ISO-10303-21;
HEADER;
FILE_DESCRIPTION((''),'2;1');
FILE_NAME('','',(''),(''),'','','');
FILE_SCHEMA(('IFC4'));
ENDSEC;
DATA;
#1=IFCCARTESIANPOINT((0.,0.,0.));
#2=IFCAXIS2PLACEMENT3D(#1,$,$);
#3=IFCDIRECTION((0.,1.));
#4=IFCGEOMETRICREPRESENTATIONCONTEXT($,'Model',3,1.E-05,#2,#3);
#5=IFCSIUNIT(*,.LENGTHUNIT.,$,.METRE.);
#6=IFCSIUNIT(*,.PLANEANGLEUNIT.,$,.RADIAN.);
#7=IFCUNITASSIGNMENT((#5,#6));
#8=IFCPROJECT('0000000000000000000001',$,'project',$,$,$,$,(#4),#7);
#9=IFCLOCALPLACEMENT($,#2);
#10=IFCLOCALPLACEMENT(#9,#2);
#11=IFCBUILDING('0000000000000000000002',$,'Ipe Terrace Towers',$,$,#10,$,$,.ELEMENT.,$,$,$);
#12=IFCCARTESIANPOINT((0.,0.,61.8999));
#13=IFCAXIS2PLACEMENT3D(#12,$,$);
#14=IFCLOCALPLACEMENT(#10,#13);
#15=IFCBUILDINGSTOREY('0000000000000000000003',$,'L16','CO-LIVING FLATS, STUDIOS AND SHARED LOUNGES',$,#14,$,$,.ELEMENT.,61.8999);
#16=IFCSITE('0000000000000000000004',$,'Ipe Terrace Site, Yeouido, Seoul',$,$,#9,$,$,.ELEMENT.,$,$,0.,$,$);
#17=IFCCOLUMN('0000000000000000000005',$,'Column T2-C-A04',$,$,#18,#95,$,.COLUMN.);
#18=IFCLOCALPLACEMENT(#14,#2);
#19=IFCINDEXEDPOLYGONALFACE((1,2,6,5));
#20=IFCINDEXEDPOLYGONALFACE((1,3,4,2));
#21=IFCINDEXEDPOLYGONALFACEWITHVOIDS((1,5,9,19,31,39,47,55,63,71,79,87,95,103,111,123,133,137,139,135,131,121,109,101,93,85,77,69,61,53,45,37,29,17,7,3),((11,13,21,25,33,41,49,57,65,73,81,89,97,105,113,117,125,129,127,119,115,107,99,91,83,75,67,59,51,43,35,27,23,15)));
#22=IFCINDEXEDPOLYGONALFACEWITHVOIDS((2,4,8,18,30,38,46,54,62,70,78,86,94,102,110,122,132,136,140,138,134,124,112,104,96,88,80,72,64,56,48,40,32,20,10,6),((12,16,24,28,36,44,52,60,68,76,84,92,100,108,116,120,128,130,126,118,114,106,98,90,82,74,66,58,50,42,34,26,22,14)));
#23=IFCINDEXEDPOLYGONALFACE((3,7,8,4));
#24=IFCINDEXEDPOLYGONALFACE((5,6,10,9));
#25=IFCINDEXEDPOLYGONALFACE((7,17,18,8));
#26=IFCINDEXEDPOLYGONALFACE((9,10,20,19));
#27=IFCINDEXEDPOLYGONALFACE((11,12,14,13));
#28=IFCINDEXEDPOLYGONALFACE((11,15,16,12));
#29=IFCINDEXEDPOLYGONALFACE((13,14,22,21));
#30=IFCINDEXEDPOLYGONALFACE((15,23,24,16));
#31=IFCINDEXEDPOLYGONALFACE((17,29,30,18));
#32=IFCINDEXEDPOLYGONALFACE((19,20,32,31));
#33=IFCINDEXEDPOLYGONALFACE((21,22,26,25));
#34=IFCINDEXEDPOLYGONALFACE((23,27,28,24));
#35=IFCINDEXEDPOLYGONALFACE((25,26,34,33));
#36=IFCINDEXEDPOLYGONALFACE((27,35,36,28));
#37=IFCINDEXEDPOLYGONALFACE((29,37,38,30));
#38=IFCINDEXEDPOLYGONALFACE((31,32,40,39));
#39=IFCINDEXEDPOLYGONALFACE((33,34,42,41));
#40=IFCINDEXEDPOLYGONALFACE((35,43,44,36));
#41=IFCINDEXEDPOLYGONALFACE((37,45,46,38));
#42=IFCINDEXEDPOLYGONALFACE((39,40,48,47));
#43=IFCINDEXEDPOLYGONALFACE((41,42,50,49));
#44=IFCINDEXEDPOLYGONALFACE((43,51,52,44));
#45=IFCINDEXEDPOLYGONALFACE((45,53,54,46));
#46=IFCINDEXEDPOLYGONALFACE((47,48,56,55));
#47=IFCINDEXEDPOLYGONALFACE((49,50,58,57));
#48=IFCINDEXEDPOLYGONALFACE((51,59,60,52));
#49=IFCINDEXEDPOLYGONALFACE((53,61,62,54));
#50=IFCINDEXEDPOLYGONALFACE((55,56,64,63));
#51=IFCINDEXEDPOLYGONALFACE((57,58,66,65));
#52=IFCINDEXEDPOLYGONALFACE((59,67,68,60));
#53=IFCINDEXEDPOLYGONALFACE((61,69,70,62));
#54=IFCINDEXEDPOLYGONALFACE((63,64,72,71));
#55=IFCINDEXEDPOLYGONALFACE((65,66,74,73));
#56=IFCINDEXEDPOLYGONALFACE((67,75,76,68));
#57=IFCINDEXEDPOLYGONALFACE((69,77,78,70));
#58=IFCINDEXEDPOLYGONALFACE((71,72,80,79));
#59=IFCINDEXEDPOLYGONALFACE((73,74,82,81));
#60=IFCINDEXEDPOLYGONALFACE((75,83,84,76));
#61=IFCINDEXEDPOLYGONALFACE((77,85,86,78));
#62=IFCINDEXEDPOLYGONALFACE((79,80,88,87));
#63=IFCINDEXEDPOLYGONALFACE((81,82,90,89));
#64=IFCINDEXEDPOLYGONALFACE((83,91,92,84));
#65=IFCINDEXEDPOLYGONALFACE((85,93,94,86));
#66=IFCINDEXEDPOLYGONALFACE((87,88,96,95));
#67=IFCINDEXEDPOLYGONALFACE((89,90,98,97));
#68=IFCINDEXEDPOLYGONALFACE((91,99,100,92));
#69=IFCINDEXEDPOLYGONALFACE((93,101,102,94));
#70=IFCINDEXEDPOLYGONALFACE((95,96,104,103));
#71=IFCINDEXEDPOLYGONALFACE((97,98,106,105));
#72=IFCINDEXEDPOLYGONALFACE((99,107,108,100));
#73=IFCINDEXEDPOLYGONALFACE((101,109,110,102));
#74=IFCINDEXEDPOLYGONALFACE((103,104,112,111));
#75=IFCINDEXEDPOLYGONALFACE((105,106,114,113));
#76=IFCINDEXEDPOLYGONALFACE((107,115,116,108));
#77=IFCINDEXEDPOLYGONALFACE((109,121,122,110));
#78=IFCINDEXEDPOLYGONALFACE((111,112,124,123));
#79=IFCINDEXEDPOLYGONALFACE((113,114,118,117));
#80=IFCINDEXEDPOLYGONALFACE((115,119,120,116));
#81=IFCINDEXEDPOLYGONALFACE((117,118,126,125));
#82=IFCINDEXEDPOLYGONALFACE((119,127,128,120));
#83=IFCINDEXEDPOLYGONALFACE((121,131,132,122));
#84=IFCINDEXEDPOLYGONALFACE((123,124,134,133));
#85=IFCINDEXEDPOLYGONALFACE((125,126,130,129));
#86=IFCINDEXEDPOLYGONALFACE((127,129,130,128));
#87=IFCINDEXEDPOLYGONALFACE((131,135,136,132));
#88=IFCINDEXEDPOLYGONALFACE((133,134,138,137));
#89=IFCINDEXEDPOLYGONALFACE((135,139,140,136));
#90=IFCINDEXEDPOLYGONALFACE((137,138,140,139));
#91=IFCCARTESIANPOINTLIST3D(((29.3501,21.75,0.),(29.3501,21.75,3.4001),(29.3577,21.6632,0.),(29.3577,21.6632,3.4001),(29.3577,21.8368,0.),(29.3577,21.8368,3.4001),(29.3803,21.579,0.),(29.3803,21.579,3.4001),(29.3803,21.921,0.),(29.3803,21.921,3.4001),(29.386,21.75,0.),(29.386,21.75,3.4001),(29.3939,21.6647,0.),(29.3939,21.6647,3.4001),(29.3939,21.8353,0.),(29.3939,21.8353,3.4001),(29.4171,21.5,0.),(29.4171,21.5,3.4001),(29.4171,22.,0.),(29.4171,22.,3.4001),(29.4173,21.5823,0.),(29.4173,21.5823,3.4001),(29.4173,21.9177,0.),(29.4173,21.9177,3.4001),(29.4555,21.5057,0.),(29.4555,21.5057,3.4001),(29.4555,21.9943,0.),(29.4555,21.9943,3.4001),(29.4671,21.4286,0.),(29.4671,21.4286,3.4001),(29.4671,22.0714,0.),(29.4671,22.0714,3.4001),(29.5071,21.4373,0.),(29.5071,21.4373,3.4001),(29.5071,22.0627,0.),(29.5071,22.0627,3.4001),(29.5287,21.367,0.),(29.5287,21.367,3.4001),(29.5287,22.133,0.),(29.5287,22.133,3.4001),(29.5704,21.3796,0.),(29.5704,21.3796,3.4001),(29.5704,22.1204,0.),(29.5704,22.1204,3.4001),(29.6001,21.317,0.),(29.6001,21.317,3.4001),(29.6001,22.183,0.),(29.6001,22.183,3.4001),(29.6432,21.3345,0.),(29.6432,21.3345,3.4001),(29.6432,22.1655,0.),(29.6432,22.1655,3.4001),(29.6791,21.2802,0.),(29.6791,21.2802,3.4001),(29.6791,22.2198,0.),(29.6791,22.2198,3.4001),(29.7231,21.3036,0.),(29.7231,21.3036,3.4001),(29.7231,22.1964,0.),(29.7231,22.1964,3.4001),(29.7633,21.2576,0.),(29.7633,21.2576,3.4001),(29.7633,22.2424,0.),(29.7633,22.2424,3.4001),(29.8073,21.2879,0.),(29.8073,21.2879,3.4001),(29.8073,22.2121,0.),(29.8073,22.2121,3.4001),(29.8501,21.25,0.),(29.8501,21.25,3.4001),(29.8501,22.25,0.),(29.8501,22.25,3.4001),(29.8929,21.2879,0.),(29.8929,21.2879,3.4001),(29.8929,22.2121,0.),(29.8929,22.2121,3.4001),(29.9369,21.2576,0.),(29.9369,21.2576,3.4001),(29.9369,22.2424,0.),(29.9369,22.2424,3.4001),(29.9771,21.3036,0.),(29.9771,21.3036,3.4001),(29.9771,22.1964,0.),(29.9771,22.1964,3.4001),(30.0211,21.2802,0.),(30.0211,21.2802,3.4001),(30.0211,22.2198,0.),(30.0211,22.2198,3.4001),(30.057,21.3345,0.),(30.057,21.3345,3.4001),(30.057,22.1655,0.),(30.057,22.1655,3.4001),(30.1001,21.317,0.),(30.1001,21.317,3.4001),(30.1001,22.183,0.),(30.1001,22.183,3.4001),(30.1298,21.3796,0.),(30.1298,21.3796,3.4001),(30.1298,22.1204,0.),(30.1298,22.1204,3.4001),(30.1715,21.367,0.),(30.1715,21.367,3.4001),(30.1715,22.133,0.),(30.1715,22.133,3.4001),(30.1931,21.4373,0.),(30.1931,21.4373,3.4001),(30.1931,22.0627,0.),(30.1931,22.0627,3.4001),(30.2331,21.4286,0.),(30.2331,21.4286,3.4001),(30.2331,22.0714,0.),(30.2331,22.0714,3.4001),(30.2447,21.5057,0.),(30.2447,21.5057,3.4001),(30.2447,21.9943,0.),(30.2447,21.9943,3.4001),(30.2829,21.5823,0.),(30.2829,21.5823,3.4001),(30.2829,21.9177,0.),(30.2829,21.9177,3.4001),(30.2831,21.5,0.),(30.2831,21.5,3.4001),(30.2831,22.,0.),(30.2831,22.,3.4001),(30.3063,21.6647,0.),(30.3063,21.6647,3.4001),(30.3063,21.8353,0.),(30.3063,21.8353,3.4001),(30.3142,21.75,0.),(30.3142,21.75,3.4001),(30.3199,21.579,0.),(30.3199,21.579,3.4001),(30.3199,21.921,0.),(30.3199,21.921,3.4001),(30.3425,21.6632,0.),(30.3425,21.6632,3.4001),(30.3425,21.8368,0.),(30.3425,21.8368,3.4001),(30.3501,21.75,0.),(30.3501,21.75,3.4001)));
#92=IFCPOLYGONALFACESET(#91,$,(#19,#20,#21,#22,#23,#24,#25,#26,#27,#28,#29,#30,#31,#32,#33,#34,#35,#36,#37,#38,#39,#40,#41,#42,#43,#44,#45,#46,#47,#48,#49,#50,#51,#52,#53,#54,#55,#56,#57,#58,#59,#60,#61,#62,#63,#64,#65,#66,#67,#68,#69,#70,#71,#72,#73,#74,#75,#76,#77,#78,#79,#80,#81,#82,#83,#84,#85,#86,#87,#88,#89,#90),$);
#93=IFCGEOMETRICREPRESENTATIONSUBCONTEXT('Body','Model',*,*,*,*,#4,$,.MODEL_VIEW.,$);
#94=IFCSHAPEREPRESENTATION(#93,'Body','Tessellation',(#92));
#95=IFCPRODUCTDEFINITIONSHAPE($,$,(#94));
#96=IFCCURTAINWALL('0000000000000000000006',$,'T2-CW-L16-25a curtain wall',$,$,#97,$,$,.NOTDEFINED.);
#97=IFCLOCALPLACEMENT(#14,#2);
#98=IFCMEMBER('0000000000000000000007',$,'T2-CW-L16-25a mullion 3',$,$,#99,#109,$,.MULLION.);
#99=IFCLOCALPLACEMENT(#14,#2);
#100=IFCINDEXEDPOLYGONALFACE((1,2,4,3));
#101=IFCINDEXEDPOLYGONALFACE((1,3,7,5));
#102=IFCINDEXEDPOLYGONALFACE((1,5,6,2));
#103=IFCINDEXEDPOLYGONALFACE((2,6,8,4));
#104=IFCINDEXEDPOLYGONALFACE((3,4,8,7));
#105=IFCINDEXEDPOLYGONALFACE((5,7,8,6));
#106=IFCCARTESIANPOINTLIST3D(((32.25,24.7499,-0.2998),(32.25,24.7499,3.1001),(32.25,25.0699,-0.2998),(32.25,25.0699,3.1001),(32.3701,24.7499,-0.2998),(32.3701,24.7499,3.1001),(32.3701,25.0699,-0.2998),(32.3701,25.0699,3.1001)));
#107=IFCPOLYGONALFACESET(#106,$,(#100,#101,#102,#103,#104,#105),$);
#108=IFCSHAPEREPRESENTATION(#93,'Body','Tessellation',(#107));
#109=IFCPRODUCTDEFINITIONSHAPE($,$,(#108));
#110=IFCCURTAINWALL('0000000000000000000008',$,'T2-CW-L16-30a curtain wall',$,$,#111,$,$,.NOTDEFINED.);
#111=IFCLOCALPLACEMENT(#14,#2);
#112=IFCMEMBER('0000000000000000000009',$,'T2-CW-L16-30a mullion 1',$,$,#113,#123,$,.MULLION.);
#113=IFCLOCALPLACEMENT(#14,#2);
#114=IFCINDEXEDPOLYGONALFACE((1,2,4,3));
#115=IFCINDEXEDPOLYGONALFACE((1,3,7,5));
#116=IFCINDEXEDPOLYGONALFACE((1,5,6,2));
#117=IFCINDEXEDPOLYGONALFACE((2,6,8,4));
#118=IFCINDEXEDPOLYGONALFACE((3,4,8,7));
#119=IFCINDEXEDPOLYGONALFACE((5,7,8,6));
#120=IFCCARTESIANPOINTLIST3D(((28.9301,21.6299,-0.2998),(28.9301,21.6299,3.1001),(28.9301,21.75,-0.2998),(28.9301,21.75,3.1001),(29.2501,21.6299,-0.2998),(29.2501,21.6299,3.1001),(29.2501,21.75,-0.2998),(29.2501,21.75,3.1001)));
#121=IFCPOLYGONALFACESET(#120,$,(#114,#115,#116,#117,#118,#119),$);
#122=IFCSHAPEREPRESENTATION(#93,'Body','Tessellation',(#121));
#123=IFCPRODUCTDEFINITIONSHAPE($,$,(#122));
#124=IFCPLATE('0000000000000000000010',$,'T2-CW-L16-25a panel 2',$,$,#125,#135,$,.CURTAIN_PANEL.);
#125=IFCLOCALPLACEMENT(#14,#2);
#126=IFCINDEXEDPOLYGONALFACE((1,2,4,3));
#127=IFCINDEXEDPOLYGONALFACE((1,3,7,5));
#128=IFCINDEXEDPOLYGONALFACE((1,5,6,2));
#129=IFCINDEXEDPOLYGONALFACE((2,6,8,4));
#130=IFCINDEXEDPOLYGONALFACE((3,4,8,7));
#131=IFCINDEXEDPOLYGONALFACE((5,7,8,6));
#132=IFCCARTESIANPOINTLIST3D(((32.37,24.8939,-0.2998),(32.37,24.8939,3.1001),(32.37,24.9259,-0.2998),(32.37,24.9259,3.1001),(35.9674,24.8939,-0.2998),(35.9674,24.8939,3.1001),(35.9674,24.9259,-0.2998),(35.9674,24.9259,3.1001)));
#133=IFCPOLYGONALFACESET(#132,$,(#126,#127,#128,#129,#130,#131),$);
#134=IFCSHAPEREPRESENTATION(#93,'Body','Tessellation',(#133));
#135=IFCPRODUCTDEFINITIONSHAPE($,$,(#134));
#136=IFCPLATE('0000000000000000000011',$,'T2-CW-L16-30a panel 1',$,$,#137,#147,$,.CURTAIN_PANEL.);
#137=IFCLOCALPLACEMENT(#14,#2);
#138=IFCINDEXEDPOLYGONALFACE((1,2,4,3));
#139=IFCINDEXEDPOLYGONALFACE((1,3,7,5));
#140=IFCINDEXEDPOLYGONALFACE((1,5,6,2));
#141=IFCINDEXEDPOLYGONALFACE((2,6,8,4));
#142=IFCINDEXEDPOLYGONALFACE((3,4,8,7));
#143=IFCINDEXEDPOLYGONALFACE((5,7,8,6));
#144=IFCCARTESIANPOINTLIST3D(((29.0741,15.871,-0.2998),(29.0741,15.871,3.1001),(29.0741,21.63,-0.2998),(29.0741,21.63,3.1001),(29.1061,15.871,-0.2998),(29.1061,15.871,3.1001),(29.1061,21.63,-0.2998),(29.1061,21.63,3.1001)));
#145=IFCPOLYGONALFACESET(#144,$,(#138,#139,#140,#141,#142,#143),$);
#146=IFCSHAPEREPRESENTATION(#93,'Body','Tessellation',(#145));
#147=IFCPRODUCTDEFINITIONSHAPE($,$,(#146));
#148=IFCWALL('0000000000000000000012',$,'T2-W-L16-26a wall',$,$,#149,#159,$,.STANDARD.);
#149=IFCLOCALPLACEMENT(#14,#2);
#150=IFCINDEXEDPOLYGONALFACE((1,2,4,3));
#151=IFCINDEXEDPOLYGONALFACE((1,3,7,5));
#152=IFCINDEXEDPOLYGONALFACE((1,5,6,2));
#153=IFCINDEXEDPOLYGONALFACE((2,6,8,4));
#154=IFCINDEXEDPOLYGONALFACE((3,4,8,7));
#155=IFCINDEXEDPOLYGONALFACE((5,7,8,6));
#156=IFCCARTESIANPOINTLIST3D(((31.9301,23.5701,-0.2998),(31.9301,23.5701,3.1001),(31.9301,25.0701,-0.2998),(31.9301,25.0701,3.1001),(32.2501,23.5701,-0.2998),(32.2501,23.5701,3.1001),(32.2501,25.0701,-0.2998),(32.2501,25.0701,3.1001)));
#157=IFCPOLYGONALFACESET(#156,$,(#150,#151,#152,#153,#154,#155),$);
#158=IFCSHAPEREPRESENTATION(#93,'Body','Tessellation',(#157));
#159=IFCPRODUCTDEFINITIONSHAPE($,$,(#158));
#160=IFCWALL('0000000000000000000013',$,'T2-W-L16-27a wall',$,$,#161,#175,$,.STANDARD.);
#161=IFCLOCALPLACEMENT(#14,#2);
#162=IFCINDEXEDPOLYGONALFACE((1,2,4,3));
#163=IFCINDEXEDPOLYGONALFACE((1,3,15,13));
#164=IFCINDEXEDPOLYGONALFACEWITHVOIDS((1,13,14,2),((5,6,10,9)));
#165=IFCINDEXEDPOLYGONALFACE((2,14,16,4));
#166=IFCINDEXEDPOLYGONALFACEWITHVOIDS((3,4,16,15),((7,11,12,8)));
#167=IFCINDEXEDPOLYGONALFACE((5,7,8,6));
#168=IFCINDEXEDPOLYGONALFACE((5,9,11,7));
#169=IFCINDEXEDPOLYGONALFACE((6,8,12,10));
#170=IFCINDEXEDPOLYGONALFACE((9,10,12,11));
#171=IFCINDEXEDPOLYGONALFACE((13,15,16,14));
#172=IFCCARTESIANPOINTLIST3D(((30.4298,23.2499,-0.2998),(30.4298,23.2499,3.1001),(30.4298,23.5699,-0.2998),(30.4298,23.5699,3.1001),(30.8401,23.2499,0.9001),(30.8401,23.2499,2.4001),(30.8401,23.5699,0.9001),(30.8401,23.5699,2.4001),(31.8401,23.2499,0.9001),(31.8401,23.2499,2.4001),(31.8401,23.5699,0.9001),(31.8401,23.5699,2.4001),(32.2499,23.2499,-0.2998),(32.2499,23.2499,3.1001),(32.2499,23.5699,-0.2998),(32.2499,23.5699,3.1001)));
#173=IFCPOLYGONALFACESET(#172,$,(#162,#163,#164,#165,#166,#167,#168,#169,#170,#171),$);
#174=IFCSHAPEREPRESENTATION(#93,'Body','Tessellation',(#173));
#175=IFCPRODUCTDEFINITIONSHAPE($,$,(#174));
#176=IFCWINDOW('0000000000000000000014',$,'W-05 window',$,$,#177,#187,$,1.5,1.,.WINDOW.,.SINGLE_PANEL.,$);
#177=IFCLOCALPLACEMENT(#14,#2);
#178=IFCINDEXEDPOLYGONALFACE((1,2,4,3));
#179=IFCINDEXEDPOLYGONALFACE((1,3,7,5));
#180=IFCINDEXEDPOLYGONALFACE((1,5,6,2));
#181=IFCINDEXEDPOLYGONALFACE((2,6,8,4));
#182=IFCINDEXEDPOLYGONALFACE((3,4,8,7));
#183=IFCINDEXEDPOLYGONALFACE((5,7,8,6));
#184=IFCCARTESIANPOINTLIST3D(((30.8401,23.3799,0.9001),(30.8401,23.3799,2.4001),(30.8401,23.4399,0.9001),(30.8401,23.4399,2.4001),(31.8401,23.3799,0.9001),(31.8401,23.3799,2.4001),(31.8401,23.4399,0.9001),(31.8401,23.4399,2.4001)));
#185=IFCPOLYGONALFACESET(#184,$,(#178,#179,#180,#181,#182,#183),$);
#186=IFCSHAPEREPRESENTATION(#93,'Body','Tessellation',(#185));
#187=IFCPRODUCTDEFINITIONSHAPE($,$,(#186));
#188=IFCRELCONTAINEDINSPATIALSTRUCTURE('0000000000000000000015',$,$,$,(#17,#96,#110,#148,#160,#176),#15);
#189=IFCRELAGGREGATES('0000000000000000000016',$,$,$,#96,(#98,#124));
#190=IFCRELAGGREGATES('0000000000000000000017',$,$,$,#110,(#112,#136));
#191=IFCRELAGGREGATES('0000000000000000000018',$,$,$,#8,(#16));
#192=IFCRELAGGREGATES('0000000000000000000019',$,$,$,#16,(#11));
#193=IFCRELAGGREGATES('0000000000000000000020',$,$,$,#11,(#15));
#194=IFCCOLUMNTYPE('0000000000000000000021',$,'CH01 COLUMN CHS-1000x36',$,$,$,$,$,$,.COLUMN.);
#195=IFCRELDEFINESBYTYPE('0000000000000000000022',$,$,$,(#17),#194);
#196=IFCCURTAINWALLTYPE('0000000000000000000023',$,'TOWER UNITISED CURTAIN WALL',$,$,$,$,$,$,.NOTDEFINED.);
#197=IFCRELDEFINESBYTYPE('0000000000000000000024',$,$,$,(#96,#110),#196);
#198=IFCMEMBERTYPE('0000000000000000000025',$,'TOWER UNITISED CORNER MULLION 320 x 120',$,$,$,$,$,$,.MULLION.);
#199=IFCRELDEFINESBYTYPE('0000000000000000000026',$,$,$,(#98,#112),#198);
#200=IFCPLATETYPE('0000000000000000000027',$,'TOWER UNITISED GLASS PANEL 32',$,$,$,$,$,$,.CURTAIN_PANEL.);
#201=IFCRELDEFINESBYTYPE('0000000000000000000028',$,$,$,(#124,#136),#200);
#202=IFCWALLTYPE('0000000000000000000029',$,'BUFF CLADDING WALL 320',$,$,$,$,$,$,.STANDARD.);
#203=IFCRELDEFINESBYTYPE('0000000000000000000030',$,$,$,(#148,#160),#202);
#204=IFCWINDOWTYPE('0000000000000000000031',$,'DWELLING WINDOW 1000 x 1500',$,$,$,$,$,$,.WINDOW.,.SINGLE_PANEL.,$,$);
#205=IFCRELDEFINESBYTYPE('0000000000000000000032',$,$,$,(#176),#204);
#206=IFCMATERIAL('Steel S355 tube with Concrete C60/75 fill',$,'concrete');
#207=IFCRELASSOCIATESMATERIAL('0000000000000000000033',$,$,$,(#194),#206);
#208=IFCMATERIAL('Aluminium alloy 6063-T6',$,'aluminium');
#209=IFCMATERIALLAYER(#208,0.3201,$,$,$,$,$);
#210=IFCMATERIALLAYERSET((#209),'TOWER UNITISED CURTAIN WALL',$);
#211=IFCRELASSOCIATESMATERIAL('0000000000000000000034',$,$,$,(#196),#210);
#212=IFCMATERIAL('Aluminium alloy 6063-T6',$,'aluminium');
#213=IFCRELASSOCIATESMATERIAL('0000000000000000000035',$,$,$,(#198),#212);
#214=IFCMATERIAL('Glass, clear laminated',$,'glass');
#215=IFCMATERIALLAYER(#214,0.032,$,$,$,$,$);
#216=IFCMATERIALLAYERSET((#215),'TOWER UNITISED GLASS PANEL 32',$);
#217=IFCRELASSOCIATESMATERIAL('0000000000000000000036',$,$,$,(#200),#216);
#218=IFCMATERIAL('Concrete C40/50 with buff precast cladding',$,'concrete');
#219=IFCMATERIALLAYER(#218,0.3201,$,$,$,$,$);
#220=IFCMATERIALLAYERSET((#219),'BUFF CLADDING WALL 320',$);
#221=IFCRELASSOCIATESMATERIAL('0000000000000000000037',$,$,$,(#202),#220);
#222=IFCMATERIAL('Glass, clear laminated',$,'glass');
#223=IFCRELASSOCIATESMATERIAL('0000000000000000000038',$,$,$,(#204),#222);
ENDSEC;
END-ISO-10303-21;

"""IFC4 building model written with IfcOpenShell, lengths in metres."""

from ifc_helpers import new_model, si_unit, direction, frame, frame_2d, origin, origin_2d, place, context, subcontext, project, spatial, rectangle, hollow_circle, extrude, material, layer, layer_set, material_profile, profile_set, type_object, element, fill, aggregate, save


model = new_model("IFC4")

# Units and contexts
model_context = context("Model", 3, precision=1e-05, world=origin(), true_north=direction((0.0, 1.0)))
body_context = subcontext(model_context, "Body", "Model", "MODEL_VIEW")
ifc_project = project(units=[si_unit("LENGTHUNIT", "METRE"), si_unit("PLANEANGLEUNIT", "RADIAN")], contexts=[model_context])

# Site, building, storey
site_placement = place(None, origin())
site = spatial("IfcSite", under=ifc_project, at=site_placement, Name="Ipe Terrace Site, Yeouido, Seoul", CompositionType="ELEMENT", RefElevation=0.0)
building_placement = place(site_placement, origin())
building = spatial("IfcBuilding", under=site, at=building_placement, Name="Ipe Terrace Towers", CompositionType="ELEMENT")
storey_placement = place(building_placement, frame((0.0, 0.0, 61.8999)))
storey = spatial("IfcBuildingStorey", under=building, at=storey_placement, Name="L16", Description="CO-LIVING FLATS, STUDIOS AND SHARED LOUNGES", CompositionType="ELEMENT", Elevation=61.8999)

# Column
ifc_material_1 = material(Name="Steel S355 tube with Concrete C60/75 fill", Category="concrete")
ifc_material_profile_1 = material_profile(ifc_material_1, hollow_circle(Radius=0.5, WallThickness=0.0359, at=origin_2d()), Name="CHS-1000x36")
ifc_profile_set_1 = profile_set([ifc_material_profile_1], Name="Steel S355 tube with Concrete C60/75 fill")
column_type = type_object("IfcColumnType", Name="CH01 COLUMN CHS-1000x36", PredefinedType="COLUMN", material=ifc_profile_set_1)
column_placement = place(storey_placement, frame((29.8501, 21.75, 0.0), z_axis=(0.0, 0.0, 1.0), x_axis=(1.0, 0.0, 0.0)))
element("IfcColumn", 1, at=column_placement, inside=storey, type_object=column_type, Name="Column T2-C-A04", PredefinedType="COLUMN", context=body_context, shape_type="SweptSolid", body=[
    extrude(hollow_circle(Radius=0.5, WallThickness=0.0359, at=origin_2d()), origin(), (0.0, 0.0, 1.0), 3.4001),
])

# Curtain walls, members
ifc_material_2 = material(Name="Aluminium alloy 6063-T6", Category="aluminium")
ifc_layer_1 = layer(ifc_material_2, 0.3201)
ifc_layer_set_1 = layer_set([ifc_layer_1], Name="TOWER UNITISED CURTAIN WALL")
curtain_wall_type = type_object("IfcCurtainWallType", Name="TOWER UNITISED CURTAIN WALL", PredefinedType="NOTDEFINED", material=ifc_layer_set_1)
curtain_wall_1_placement = place(storey_placement, origin())
curtain_wall_1 = element("IfcCurtainWall", 2, at=curtain_wall_1_placement, inside=storey, type_object=curtain_wall_type, Name="T2-CW-L16-25a curtain wall", PredefinedType="NOTDEFINED")
ifc_material_3 = material(Name="Aluminium alloy 6063-T6", Category="aluminium")
ifc_material_profile_2 = material_profile(ifc_material_3, rectangle(XDim=0.3201, YDim=0.1201, at=origin_2d()), Name="TOWER UNITISED CORNER MULLION 320 x 120")
ifc_profile_set_2 = profile_set([ifc_material_profile_2], Name="Aluminium alloy 6063-T6")
member_type = type_object("IfcMemberType", Name="TOWER UNITISED CORNER MULLION 320 x 120", PredefinedType="MULLION", material=ifc_profile_set_2)
member_1_placement = place(storey_placement, frame((32.3101, 24.9099, -0.2998), z_axis=(0.0, 0.0, 1.0), x_axis=(0.0, 1.0, 0.0)))
member_1 = element("IfcMember", 3, at=member_1_placement, type_object=member_type, Name="T2-CW-L16-25a mullion 3", PredefinedType="MULLION", context=body_context, shape_type="SweptSolid", body=[
    extrude(rectangle(XDim=0.3201, YDim=0.1201, at=origin_2d()), origin(), (0.0, 0.0, 1.0), 3.3999),
])
curtain_wall_2_placement = place(storey_placement, origin())
curtain_wall_2 = element("IfcCurtainWall", 4, at=curtain_wall_2_placement, inside=storey, type_object=curtain_wall_type, Name="T2-CW-L16-30a curtain wall", PredefinedType="NOTDEFINED")
member_2_placement = place(storey_placement, frame((29.0901, 21.6899, -0.2998), z_axis=(0.0, 0.0, 1.0), x_axis=(-1.0, 0.0, 0.0)))
member_2 = element("IfcMember", 5, at=member_2_placement, type_object=member_type, Name="T2-CW-L16-30a mullion 1", PredefinedType="MULLION", context=body_context, shape_type="SweptSolid", body=[
    extrude(rectangle(XDim=0.3201, YDim=0.1201, at=origin_2d()), origin(), (0.0, 0.0, 1.0), 3.3999),
])

# Plates
ifc_material_4 = material(Name="Glass, clear laminated", Category="glass")
ifc_layer_2 = layer(ifc_material_4, 0.032)
ifc_layer_set_2 = layer_set([ifc_layer_2], Name="TOWER UNITISED GLASS PANEL 32")
plate_type = type_object("IfcPlateType", Name="TOWER UNITISED GLASS PANEL 32", PredefinedType="CURTAIN_PANEL", material=ifc_layer_set_2)
plate_1_placement = place(storey_placement, frame((34.1687, 24.9099, -0.2998), z_axis=(0.0, 0.0, 1.0), x_axis=(-1.0, 0.0, 0.0)))
plate_1 = element("IfcPlate", 6, at=plate_1_placement, type_object=plate_type, Name="T2-CW-L16-25a panel 2", PredefinedType="CURTAIN_PANEL", context=body_context, shape_type="SweptSolid", body=[
    extrude(rectangle(XDim=3.5974, YDim=0.032, at=origin_2d()), origin(), (0.0, 0.0, 1.0), 3.3999),
])
aggregate(curtain_wall_1, [member_1, plate_1])
plate_2_placement = place(storey_placement, frame((29.0901, 18.7505, -0.2998), z_axis=(0.0, 0.0, 1.0), x_axis=(0.0, -1.0, 0.0)))
plate_2 = element("IfcPlate", 7, at=plate_2_placement, type_object=plate_type, Name="T2-CW-L16-30a panel 1", PredefinedType="CURTAIN_PANEL", context=body_context, shape_type="SweptSolid", body=[
    extrude(rectangle(XDim=5.759, YDim=0.032, at=origin_2d()), origin(), (0.0, 0.0, 1.0), 3.3999),
])
aggregate(curtain_wall_2, [member_2, plate_2])

# Wall
ifc_material_5 = material(Name="Concrete C40/50 with buff precast cladding", Category="concrete")
ifc_layer_3 = layer(ifc_material_5, 0.3201)
ifc_layer_set_3 = layer_set([ifc_layer_3], Name="BUFF CLADDING WALL 320")
wall_type_1 = type_object("IfcWallType", Name="BUFF CLADDING WALL 320", PredefinedType="STANDARD", material=ifc_layer_set_3)
wall_1_placement = place(storey_placement, frame((32.0901, 25.0701, -0.2998), z_axis=(0.0, 0.0, 1.0), x_axis=(0.0, -1.0, 0.0)))
element("IfcWall", 8, at=wall_1_placement, inside=storey, type_object=wall_type_1, Name="T2-W-L16-26a wall", PredefinedType="STANDARD", context=body_context, shape_type="SweptSolid", body=[
    extrude(rectangle(XDim=1.5, YDim=0.3201, at=frame_2d((0.75, 0.0))), origin(), (0.0, 0.0, 1.0), 3.3999),
])

# Wall, opening, window
wall_2_placement = place(storey_placement, frame((32.25, 23.4099, -0.2998), z_axis=(0.0, 0.0, 1.0), x_axis=(-1.0, 0.0, 0.0)))
wall_2 = element("IfcWall", 9, at=wall_2_placement, inside=storey, type_object=wall_type_1, Name="T2-W-L16-27a wall", PredefinedType="STANDARD", context=body_context, shape_type="SweptSolid", body=[
    extrude(rectangle(XDim=1.8201, YDim=0.3201, at=frame_2d((0.9102, 0.0))), origin(), (0.0, 0.0, 1.0), 3.3999),
])
opening_1_placement = place(wall_2_placement, frame((0.4099, 0.0, 1.2)))
opening_1 = element("IfcOpeningElement", 10, at=opening_1_placement, cuts=wall_2, PredefinedType="OPENING", context=body_context, shape_type="SweptSolid", body=[
    extrude(rectangle(XDim=1.0, YDim=1.5, at=frame_2d((0.5, 0.75))), frame((0.0, 0.1699, 0.0), z_axis=(0.0, -1.0, 0.0), x_axis=(1.0, 0.0, 0.0)), (0.0, 0.0, 1.0), 0.3401),
])
ifc_material_6 = material(Name="Glass, clear laminated", Category="glass")
window_type = type_object("IfcWindowType", Name="DWELLING WINDOW 1000 x 1500", PartitioningType="SINGLE_PANEL", PredefinedType="WINDOW", material=ifc_material_6)
window_placement = place(opening_1_placement, origin())
window = element("IfcWindow", 11, at=window_placement, inside=storey, type_object=window_type, Name="W-05 window", OverallHeight=1.5, OverallWidth=1.0, PartitioningType="SINGLE_PANEL", PredefinedType="WINDOW", context=body_context, shape_type="SweptSolid", body=[
    extrude(rectangle(XDim=1.0, YDim=1.5, at=frame_2d((0.5, 0.75))), frame((0.0, 0.03, 0.0), z_axis=(0.0, -1.0, 0.0), x_axis=(1.0, 0.0, 0.0)), (0.0, 0.0, 1.0), 0.0601),
])
fill(opening_1, window)

save(model, "model.ifc")
